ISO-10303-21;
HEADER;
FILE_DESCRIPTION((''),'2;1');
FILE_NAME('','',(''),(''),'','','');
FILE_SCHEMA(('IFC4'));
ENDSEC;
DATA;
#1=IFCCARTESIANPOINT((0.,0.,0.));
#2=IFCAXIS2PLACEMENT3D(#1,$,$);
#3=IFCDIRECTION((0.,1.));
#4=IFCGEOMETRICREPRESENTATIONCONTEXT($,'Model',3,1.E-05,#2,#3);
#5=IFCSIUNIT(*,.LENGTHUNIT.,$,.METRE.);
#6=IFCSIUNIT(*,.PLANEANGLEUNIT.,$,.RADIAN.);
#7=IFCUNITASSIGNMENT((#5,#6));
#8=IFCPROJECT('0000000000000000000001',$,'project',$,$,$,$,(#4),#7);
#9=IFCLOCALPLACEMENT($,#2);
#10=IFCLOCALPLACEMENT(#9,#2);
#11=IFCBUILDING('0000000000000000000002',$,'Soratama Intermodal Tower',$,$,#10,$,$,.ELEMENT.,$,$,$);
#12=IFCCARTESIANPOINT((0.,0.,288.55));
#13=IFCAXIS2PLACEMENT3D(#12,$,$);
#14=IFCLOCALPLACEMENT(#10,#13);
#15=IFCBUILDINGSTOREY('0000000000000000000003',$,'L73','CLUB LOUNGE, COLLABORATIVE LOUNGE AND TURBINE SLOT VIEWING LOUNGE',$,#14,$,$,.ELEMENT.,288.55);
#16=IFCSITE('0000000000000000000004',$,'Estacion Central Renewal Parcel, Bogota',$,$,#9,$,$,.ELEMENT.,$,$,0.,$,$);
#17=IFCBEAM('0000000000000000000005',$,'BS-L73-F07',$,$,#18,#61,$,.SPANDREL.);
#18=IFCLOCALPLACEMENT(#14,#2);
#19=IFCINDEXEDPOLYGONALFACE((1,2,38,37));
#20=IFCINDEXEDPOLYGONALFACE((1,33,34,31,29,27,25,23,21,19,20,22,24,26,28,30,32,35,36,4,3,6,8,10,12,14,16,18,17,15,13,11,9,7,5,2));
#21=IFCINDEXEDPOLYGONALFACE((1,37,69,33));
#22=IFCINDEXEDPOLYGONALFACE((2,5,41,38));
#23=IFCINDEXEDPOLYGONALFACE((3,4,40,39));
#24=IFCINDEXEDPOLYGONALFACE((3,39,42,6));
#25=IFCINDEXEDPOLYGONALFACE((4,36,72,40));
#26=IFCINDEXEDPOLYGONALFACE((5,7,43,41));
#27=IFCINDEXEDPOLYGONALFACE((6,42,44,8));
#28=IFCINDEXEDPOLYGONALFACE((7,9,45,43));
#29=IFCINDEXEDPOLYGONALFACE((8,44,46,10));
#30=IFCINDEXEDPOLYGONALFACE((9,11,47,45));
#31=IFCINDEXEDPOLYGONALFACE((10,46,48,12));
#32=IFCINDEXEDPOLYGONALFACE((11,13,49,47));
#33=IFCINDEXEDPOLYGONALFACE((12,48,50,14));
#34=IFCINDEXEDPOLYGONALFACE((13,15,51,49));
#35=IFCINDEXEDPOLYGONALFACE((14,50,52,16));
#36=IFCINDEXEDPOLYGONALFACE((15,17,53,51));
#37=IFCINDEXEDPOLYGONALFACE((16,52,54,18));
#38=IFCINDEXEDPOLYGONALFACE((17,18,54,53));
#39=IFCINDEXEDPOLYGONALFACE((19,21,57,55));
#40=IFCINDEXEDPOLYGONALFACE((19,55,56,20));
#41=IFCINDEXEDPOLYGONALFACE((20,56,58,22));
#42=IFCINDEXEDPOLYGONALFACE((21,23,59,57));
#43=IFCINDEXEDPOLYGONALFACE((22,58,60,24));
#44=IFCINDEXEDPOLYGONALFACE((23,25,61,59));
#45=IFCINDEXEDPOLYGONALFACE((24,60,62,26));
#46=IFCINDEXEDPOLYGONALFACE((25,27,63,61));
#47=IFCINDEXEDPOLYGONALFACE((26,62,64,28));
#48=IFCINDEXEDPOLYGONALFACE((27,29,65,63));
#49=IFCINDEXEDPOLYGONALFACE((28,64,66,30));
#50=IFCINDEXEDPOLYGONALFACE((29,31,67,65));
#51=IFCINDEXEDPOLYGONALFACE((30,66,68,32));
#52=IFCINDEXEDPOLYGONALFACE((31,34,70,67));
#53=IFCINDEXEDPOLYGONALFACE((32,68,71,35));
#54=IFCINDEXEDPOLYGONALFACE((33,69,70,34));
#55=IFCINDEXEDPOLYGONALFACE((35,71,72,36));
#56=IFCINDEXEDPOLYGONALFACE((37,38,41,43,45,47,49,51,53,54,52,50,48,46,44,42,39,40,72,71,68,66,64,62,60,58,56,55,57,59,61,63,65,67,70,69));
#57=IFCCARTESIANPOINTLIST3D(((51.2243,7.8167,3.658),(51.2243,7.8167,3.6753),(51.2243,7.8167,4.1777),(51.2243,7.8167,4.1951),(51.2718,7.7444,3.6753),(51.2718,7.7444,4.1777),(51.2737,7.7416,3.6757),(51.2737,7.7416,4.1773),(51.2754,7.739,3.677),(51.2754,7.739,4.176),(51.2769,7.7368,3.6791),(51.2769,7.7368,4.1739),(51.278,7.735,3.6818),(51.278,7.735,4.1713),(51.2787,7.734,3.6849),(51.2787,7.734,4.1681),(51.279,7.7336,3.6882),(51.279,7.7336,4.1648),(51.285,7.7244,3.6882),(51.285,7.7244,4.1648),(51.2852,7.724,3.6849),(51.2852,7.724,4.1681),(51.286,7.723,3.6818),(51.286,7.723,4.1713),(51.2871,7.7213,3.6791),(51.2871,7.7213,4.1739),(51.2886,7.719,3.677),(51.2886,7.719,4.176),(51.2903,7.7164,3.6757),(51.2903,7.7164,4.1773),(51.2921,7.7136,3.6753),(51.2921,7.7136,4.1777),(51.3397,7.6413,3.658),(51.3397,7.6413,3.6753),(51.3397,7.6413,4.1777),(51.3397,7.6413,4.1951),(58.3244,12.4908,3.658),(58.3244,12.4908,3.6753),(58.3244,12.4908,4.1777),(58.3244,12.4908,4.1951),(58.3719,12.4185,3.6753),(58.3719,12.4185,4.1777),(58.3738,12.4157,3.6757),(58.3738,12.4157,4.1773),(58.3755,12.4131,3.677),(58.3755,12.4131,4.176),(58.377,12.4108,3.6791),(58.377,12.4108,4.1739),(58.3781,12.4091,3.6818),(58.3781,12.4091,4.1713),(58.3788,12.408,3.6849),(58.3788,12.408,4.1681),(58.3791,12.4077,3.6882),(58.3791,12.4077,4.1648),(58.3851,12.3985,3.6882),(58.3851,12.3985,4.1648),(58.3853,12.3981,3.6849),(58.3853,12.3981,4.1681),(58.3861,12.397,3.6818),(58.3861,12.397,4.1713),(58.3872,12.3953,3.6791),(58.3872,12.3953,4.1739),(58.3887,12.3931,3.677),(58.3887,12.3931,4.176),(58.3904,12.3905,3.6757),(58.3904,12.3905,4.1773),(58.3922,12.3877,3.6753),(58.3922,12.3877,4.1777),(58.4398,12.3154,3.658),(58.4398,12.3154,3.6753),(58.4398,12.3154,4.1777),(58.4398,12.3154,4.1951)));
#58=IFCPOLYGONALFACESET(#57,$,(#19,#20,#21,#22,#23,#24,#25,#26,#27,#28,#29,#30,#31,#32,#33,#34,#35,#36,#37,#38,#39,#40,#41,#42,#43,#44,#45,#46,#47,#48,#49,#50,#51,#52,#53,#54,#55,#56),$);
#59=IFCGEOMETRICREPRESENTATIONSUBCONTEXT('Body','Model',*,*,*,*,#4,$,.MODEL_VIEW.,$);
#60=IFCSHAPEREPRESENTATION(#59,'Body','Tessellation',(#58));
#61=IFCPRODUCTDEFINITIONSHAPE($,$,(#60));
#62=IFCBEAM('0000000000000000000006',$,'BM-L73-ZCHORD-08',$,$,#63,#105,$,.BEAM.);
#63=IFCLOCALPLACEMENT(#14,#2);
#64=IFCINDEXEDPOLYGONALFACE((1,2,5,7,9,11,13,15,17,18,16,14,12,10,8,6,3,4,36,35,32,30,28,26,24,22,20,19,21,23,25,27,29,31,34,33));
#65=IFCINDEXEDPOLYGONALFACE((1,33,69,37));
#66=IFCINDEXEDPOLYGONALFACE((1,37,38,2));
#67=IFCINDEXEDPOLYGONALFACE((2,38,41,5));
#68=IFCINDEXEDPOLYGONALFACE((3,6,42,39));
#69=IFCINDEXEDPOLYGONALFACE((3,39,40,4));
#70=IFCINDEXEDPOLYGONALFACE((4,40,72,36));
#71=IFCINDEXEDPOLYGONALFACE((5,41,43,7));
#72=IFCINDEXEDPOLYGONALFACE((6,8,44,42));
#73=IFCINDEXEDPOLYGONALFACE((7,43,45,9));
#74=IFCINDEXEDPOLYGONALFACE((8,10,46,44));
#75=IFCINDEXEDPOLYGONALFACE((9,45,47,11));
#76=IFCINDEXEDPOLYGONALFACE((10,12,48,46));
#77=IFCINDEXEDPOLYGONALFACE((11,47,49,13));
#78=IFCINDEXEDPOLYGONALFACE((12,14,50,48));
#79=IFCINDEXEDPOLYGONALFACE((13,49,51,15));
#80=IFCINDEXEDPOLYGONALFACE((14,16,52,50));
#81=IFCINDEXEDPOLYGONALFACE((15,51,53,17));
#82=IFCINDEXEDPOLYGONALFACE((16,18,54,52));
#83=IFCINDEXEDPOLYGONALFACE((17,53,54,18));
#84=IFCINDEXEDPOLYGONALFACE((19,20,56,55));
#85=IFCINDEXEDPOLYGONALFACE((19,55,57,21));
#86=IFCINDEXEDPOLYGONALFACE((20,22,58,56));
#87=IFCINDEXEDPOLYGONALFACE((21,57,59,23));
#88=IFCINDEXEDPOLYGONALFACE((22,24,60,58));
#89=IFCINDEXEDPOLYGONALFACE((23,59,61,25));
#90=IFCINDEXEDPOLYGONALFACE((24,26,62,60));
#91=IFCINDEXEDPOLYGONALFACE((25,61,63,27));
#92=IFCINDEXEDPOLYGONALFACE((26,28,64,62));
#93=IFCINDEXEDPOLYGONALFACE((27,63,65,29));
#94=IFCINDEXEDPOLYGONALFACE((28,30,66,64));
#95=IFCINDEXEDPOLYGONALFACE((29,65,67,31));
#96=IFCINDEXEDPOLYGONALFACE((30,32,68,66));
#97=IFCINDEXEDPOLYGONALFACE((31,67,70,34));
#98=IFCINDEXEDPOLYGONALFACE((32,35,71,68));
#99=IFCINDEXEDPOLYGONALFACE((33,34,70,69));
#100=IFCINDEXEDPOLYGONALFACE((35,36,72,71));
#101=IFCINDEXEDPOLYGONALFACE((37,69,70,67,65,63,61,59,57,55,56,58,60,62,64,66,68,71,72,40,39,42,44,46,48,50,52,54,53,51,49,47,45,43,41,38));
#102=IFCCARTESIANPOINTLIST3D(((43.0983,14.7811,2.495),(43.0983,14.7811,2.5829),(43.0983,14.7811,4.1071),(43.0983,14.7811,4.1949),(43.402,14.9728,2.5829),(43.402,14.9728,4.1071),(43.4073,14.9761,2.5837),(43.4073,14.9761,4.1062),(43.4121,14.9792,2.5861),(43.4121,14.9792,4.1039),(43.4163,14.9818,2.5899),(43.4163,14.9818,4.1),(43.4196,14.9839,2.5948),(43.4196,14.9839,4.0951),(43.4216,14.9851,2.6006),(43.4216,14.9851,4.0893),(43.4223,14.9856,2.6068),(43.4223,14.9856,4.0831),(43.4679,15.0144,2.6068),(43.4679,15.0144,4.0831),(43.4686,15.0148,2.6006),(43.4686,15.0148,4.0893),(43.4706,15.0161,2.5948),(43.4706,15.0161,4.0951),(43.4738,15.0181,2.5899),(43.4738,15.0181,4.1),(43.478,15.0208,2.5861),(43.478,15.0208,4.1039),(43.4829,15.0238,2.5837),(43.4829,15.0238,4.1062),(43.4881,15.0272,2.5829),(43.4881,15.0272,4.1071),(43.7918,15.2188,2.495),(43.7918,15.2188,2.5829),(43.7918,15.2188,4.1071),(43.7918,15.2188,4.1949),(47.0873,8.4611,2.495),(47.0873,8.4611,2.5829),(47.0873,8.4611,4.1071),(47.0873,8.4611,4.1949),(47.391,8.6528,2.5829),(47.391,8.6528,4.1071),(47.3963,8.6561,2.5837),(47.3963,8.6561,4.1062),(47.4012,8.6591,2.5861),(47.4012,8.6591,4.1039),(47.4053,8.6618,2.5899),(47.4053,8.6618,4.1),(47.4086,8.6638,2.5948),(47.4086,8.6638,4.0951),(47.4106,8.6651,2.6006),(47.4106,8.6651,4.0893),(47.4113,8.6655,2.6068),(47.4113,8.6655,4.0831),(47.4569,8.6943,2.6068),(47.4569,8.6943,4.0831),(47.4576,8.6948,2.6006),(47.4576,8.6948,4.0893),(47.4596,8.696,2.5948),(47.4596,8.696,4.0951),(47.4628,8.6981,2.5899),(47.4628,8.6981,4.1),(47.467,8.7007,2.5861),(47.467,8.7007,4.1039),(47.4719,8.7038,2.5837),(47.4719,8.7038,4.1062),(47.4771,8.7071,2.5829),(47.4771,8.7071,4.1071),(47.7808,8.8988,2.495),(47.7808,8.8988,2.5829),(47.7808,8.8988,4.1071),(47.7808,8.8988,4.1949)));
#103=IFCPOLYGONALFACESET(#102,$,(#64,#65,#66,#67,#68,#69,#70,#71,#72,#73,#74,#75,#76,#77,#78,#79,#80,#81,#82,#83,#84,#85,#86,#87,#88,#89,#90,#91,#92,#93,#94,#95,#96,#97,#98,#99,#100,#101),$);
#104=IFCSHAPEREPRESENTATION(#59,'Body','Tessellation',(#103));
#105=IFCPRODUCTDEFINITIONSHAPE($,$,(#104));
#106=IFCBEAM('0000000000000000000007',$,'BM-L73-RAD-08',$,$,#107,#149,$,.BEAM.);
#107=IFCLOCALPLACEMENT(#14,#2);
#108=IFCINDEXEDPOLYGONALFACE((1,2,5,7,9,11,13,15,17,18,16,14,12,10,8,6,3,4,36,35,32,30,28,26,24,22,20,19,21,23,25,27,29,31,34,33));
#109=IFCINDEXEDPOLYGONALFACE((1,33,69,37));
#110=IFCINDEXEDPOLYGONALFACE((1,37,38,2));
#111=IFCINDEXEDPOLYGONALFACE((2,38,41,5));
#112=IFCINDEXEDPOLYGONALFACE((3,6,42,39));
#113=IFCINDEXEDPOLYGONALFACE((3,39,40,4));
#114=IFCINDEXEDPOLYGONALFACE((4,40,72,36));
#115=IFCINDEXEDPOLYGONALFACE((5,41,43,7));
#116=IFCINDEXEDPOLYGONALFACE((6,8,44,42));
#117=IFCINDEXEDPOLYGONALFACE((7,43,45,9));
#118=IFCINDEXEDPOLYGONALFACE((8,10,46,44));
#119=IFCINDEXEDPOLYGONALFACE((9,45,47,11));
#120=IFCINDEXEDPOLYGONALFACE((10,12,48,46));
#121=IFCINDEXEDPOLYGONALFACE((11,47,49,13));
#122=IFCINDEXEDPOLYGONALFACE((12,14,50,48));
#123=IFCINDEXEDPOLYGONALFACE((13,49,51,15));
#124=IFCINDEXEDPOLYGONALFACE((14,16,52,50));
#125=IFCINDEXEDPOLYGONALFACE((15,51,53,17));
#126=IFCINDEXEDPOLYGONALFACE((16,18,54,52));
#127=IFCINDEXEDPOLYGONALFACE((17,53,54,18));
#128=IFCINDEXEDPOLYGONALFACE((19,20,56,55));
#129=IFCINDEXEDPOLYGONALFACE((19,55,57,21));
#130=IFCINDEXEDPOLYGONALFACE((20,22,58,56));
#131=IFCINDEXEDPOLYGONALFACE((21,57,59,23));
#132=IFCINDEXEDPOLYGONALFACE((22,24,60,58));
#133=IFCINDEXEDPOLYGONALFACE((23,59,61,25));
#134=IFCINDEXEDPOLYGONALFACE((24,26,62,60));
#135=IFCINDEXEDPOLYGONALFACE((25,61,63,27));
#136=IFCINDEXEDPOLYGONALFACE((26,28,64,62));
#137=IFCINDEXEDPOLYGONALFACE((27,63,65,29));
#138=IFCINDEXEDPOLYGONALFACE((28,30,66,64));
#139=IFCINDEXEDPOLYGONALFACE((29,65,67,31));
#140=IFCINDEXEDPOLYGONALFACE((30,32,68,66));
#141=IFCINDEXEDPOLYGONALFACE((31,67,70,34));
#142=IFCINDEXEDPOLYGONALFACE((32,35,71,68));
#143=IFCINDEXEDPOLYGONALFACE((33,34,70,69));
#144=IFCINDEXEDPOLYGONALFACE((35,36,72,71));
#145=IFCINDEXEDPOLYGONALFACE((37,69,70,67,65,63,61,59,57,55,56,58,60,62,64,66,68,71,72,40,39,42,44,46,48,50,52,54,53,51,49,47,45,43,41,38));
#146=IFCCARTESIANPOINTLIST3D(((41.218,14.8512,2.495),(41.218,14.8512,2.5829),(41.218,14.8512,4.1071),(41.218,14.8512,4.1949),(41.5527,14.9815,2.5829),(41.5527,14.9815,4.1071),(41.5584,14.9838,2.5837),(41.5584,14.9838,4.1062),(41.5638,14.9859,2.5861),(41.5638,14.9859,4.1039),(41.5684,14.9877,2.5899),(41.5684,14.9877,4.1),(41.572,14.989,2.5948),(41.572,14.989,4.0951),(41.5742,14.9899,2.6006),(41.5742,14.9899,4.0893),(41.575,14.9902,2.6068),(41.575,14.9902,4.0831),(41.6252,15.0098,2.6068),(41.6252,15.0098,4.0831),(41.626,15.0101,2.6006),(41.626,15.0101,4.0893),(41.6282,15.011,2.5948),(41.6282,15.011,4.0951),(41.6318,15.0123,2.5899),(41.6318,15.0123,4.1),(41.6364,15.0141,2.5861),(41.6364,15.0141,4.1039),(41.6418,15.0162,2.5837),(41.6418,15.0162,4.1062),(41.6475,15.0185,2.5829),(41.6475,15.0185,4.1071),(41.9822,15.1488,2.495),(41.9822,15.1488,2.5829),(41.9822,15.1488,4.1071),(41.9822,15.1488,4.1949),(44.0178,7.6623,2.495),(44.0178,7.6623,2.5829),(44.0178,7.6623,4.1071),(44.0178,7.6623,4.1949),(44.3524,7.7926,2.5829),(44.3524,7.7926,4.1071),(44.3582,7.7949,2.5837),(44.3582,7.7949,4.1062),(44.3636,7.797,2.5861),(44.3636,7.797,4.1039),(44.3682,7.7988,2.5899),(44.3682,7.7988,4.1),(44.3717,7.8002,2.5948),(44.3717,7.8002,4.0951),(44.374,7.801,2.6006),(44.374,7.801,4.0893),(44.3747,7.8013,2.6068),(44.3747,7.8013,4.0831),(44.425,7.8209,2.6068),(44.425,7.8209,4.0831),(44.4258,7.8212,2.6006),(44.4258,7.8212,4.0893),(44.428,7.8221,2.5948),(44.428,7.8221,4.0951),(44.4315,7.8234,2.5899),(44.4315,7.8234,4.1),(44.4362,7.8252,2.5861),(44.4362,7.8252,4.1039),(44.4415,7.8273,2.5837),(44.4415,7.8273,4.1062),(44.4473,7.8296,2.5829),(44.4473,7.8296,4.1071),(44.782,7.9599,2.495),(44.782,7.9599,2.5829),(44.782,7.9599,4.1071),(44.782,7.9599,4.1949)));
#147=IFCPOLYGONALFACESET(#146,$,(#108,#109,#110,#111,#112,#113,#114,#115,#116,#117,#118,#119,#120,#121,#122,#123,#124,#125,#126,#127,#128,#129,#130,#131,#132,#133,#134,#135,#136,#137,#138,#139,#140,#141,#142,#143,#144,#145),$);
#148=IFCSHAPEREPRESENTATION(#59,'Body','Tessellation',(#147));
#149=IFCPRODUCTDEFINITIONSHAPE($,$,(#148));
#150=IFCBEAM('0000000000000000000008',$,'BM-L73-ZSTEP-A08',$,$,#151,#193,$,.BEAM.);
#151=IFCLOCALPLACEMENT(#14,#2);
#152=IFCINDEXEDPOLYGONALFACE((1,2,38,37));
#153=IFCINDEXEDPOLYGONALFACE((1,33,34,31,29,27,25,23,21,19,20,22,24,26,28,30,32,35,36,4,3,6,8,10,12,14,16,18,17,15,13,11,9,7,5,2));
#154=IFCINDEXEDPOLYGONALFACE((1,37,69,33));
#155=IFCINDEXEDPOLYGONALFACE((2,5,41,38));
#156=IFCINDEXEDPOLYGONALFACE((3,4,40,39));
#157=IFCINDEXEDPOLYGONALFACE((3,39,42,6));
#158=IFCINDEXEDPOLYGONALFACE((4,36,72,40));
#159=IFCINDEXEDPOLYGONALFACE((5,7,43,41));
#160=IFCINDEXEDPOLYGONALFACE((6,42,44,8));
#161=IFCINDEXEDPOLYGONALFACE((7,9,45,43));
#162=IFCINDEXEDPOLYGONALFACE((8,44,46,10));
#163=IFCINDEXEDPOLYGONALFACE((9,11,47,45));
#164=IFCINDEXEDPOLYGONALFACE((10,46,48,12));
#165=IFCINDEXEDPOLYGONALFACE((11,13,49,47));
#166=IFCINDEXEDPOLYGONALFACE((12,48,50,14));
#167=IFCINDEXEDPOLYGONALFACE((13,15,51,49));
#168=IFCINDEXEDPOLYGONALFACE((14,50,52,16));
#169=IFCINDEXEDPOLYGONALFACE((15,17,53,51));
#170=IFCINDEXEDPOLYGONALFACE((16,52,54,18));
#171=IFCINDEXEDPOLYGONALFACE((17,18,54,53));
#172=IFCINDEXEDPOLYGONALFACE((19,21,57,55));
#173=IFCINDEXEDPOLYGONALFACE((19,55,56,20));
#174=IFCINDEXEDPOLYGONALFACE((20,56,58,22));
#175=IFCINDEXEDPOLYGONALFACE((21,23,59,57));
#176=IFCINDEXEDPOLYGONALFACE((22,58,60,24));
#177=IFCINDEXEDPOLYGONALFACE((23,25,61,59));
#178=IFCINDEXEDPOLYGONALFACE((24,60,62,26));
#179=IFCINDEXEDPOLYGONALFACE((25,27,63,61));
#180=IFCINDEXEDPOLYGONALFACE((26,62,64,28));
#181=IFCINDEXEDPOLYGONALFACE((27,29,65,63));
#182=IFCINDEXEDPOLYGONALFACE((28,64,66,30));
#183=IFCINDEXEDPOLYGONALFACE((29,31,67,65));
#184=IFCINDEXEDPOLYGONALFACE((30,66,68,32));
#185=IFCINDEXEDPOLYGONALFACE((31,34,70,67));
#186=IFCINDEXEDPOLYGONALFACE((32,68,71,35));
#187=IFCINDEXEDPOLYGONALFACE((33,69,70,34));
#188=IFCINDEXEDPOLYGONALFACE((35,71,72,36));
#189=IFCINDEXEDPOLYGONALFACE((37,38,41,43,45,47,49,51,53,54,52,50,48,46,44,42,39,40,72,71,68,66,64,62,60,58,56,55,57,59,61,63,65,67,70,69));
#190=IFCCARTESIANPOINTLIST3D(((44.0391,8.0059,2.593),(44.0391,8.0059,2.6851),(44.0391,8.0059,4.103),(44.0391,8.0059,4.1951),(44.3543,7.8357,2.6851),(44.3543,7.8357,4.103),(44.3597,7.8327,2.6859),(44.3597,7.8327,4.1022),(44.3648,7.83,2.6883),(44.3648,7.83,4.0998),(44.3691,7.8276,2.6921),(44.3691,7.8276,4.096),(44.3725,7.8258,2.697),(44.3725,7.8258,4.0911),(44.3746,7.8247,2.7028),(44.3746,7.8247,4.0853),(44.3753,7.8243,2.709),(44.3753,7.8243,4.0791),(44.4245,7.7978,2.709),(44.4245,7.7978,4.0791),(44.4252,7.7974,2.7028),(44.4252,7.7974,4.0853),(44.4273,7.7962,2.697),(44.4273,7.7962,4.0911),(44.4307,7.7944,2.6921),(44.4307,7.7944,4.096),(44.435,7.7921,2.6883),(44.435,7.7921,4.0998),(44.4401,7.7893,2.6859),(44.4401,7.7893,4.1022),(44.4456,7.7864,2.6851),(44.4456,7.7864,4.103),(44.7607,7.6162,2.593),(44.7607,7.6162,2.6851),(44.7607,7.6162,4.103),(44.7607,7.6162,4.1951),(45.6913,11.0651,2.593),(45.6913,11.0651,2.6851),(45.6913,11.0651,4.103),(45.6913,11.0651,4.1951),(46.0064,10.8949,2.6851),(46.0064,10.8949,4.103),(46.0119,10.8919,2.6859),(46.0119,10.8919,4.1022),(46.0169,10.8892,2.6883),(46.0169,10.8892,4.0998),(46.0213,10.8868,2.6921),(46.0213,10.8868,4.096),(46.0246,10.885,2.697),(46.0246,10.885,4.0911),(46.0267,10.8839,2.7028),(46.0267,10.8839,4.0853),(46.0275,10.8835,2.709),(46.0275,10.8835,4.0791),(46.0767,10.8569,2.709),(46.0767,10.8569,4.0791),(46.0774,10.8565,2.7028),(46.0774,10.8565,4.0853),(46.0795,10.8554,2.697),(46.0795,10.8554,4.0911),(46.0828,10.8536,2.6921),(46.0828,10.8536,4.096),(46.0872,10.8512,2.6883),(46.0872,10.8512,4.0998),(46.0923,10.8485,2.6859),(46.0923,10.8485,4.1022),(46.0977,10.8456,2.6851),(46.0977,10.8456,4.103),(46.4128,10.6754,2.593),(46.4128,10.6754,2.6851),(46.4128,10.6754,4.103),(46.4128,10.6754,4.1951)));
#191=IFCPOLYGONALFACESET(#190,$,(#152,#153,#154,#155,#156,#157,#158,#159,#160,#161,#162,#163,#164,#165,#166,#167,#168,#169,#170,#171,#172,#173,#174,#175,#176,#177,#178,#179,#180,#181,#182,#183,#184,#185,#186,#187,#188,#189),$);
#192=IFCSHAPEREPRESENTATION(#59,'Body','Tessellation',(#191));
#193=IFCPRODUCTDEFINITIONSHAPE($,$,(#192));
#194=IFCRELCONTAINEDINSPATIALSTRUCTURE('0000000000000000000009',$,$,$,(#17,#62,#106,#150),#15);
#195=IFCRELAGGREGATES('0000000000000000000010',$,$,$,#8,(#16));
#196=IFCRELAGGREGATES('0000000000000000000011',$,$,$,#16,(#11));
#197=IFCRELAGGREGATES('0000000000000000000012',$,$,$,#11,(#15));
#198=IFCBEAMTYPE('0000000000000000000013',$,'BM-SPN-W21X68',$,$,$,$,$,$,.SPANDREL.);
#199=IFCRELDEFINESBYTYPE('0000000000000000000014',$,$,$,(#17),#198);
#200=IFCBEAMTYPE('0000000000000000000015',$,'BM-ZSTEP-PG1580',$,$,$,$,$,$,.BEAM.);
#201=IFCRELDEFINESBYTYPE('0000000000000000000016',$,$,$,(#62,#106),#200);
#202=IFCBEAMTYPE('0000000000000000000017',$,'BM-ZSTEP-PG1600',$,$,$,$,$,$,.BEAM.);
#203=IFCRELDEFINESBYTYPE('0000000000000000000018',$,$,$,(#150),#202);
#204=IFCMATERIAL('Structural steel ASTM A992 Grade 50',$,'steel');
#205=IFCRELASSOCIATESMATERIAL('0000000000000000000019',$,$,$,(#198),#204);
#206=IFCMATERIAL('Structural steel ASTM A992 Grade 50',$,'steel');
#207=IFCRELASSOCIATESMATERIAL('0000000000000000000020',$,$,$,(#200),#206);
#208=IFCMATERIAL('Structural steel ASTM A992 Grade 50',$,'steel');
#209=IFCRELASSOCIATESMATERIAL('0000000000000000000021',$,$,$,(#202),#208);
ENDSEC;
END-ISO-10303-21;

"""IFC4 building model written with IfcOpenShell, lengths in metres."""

from ifc_helpers import new_model, si_unit, direction, frame, origin, origin_2d, place, context, subcontext, project, spatial, i_section, extrude, material, material_profile, profile_set, type_object, element, save


model = new_model("IFC4")

# Units and contexts
model_context = context("Model", 3, precision=1e-05, world=origin(), true_north=direction((0.0, 1.0)))
body_context = subcontext(model_context, "Body", "Model", "MODEL_VIEW")
ifc_project = project(units=[si_unit("LENGTHUNIT", "METRE"), si_unit("PLANEANGLEUNIT", "RADIAN")], contexts=[model_context])

# Site, building, storey
site_placement = place(None, origin())
site = spatial("IfcSite", under=ifc_project, at=site_placement, Name="Estacion Central Renewal Parcel, Bogota", CompositionType="ELEMENT", RefElevation=0.0)
building_placement = place(site_placement, origin())
building = spatial("IfcBuilding", under=site, at=building_placement, Name="Soratama Intermodal Tower", CompositionType="ELEMENT")
storey_placement = place(building_placement, frame((0.0, 0.0, 288.55)))
storey = spatial("IfcBuildingStorey", under=building, at=storey_placement, Name="L73", Description="CLUB LOUNGE, COLLABORATIVE LOUNGE AND TURBINE SLOT VIEWING LOUNGE", CompositionType="ELEMENT", Elevation=288.55)

# Beams
ifc_material_1 = material(Name="Structural steel ASTM A992 Grade 50", Category="steel")
ifc_material_profile_1 = material_profile(ifc_material_1, i_section(OverallWidth=0.21, OverallDepth=0.5371, WebThickness=0.011, FlangeThickness=0.0173, FilletRadius=0.0129, at=origin_2d()), Name="W21X68")
ifc_profile_set_1 = profile_set([ifc_material_profile_1], Name="Structural steel ASTM A992 Grade 50")
beam_type_1 = type_object("IfcBeamType", Name="BM-SPN-W21X68", PredefinedType="SPANDREL", material=ifc_profile_set_1)
beam_1_placement = place(storey_placement, frame((51.282, 7.729, 3.9265), z_axis=(0.835257, 0.549859, 0.0), x_axis=(-0.549859, 0.835257, 0.0)))
element("IfcBeam", 1, at=beam_1_placement, inside=storey, type_object=beam_type_1, Name="BS-L73-F07", PredefinedType="SPANDREL", context=body_context, shape_type="SweptSolid", body=[
    extrude(i_section(OverallWidth=0.21, OverallDepth=0.5371, WebThickness=0.011, FlangeThickness=0.0173, FilletRadius=0.0129, at=origin_2d()), origin(), (0.0, 0.0, 1.0), 8.5005),
])
ifc_material_2 = material(Name="Structural steel ASTM A992 Grade 50", Category="steel")
ifc_material_profile_2 = material_profile(ifc_material_2, i_section(OverallWidth=0.8201, OverallDepth=1.7, WebThickness=0.054, FlangeThickness=0.0879, FilletRadius=0.0239, at=origin_2d()), Name="PG1580X800")
ifc_profile_set_2 = profile_set([ifc_material_profile_2], Name="Structural steel ASTM A992 Grade 50")
beam_type_2 = type_object("IfcBeamType", Name="BM-ZSTEP-PG1580", PredefinedType="BEAM", material=ifc_profile_set_2)
beam_2_placement = place(storey_placement, frame((47.4341, 8.6799, 3.345), z_axis=(-0.533743, 0.845646, 0.0), x_axis=(-0.845646, -0.533743, 0.0)))
element("IfcBeam", 2, at=beam_2_placement, inside=storey, type_object=beam_type_2, Name="BM-L73-ZCHORD-08", PredefinedType="BEAM", context=body_context, shape_type="SweptSolid", body=[
    extrude(i_section(OverallWidth=0.8201, OverallDepth=1.7, WebThickness=0.054, FlangeThickness=0.0879, FilletRadius=0.0239, at=origin_2d()), origin(), (0.0, 0.0, 1.0), 7.4736),
])
beam_3_placement = place(storey_placement, frame((41.6001, 15.0, 3.345), z_axis=(0.362907, -0.931825, 0.0), x_axis=(0.931825, 0.362907, 0.0)))
element("IfcBeam", 3, at=beam_3_placement, inside=storey, type_object=beam_type_2, Name="BM-L73-RAD-08", PredefinedType="BEAM", context=body_context, shape_type="SweptSolid", body=[
    extrude(i_section(OverallWidth=0.8201, OverallDepth=1.7, WebThickness=0.054, FlangeThickness=0.0879, FilletRadius=0.0239, at=origin_2d()), origin(), (0.0, 0.0, 1.0), 7.7148),
])
ifc_material_3 = material(Name="Structural steel ASTM A992 Grade 50", Category="steel")
ifc_material_profile_3 = material_profile(ifc_material_3, i_section(OverallWidth=0.8201, OverallDepth=1.6021, WebThickness=0.0559, FlangeThickness=0.092, FilletRadius=0.0239, at=origin_2d()), Name="PG1600X650")
ifc_profile_set_3 = profile_set([ifc_material_profile_3], Name="Structural steel ASTM A992 Grade 50")
beam_type_3 = type_object("IfcBeamType", Name="BM-ZSTEP-PG1600", PredefinedType="BEAM", material=ifc_profile_set_3)
beam_4_placement = place(storey_placement, frame((44.3999, 7.811, 3.394), z_axis=(0.475192, 0.879882, 0.0), x_axis=(-0.879882, 0.475192, 0.0)))
element("IfcBeam", 4, at=beam_4_placement, inside=storey, type_object=beam_type_3, Name="BM-L73-ZSTEP-A08", PredefinedType="BEAM", context=body_context, shape_type="SweptSolid", body=[
    extrude(i_section(OverallWidth=0.8201, OverallDepth=1.6021, WebThickness=0.0559, FlangeThickness=0.092, FilletRadius=0.0239, at=origin_2d()), origin(), (0.0, 0.0, 1.0), 3.4768),
])

save(model, "model.ifc")
